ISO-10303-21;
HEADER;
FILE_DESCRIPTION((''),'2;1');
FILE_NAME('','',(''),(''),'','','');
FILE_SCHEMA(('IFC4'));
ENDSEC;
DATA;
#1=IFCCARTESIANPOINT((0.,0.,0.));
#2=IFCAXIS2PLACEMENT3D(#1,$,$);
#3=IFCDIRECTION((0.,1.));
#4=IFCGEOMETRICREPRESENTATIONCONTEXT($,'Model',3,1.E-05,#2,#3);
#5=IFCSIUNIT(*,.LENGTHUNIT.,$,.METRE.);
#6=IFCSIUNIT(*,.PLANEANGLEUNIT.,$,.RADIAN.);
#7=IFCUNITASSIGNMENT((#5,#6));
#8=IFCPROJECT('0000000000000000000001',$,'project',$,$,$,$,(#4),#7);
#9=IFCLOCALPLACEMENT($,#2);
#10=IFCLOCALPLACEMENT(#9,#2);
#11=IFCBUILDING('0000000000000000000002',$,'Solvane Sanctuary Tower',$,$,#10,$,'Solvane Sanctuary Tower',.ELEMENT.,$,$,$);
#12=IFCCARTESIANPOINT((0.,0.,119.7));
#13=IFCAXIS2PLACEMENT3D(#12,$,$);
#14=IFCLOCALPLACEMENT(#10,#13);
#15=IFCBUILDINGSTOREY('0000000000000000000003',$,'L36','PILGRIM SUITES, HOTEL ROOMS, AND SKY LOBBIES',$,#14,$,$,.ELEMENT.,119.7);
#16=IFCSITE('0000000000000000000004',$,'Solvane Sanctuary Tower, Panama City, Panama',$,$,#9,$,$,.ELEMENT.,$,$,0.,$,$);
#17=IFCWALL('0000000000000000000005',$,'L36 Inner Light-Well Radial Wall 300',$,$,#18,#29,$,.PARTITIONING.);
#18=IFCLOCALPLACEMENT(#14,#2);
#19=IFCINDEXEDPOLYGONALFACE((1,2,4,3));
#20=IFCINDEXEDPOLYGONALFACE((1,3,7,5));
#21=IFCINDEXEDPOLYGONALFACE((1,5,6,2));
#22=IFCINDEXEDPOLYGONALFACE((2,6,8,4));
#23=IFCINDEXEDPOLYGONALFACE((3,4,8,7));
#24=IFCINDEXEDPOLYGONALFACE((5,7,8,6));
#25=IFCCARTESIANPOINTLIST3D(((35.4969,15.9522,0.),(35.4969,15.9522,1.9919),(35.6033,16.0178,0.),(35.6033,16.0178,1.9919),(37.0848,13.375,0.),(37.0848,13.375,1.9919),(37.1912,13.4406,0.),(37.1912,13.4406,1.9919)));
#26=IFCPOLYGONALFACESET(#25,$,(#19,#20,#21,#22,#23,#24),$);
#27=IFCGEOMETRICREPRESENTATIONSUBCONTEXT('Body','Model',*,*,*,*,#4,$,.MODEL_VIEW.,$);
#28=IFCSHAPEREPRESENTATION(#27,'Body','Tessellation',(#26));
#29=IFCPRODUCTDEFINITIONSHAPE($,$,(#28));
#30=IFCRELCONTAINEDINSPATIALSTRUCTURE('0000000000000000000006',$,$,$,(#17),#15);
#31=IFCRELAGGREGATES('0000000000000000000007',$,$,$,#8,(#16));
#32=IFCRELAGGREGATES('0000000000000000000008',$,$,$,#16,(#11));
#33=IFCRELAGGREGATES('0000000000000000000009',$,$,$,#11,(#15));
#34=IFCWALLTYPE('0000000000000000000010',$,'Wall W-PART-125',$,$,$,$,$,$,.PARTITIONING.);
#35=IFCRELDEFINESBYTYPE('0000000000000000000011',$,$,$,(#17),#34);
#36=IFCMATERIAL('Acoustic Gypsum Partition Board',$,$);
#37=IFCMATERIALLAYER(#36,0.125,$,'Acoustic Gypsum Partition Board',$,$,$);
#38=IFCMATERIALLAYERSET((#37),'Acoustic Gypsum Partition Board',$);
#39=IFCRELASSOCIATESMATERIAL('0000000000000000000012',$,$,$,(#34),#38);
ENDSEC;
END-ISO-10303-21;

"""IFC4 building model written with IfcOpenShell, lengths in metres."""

from ifc_helpers import new_model, si_unit, direction, frame, frame_2d, origin, place, context, subcontext, project, spatial, rectangle, extrude, material, layer, layer_set, type_object, element, save


model = new_model("IFC4")

# Units and contexts
model_context = context("Model", 3, precision=1e-05, world=origin(), true_north=direction((0.0, 1.0)))
body_context = subcontext(model_context, "Body", "Model", "MODEL_VIEW")
ifc_project = project(units=[si_unit("LENGTHUNIT", "METRE"), si_unit("PLANEANGLEUNIT", "RADIAN")], contexts=[model_context])

# Site, building, storey
site_placement = place(None, origin())
site = spatial("IfcSite", under=ifc_project, at=site_placement, Name="Solvane Sanctuary Tower, Panama City, Panama", CompositionType="ELEMENT", RefElevation=0.0)
building_placement = place(site_placement, origin())
building = spatial("IfcBuilding", under=site, at=building_placement, Name="Solvane Sanctuary Tower", LongName="Solvane Sanctuary Tower", CompositionType="ELEMENT")
storey_placement = place(building_placement, frame((0.0, 0.0, 119.7)))
storey = spatial("IfcBuildingStorey", under=building, at=storey_placement, Name="L36", Description="PILGRIM SUITES, HOTEL ROOMS, AND SKY LOBBIES", CompositionType="ELEMENT", Elevation=119.7)

# Shared definitions
ifc_material_1 = material(Name="Acoustic Gypsum Partition Board")
ifc_layer_1 = layer(ifc_material_1, 0.125, Name="Acoustic Gypsum Partition Board")
ifc_layer_set_1 = layer_set([ifc_layer_1], Name="Acoustic Gypsum Partition Board")
wall_type_1 = type_object("IfcWallType", Name="Wall W-PART-125", PredefinedType="PARTITIONING", material=ifc_layer_set_1)

# Wall
wall_1_placement = place(storey_placement, frame((35.55, 15.9851, 0.0), z_axis=(0.0, 0.0, 1.0), x_axis=(0.524565, -0.85137, 0.0)))
element("IfcWall", 1, at=wall_1_placement, inside=storey, type_object=wall_type_1, Name="L36 Inner Light-Well Radial Wall 300", PredefinedType="PARTITIONING", context=body_context, shape_type="SweptSolid", body=[
    extrude(rectangle(XDim=3.0271, YDim=0.125, at=frame_2d((1.5137, 0.0))), origin(), (0.0, 0.0, 1.0), 1.9919),
])

save(model, "model.ifc")
